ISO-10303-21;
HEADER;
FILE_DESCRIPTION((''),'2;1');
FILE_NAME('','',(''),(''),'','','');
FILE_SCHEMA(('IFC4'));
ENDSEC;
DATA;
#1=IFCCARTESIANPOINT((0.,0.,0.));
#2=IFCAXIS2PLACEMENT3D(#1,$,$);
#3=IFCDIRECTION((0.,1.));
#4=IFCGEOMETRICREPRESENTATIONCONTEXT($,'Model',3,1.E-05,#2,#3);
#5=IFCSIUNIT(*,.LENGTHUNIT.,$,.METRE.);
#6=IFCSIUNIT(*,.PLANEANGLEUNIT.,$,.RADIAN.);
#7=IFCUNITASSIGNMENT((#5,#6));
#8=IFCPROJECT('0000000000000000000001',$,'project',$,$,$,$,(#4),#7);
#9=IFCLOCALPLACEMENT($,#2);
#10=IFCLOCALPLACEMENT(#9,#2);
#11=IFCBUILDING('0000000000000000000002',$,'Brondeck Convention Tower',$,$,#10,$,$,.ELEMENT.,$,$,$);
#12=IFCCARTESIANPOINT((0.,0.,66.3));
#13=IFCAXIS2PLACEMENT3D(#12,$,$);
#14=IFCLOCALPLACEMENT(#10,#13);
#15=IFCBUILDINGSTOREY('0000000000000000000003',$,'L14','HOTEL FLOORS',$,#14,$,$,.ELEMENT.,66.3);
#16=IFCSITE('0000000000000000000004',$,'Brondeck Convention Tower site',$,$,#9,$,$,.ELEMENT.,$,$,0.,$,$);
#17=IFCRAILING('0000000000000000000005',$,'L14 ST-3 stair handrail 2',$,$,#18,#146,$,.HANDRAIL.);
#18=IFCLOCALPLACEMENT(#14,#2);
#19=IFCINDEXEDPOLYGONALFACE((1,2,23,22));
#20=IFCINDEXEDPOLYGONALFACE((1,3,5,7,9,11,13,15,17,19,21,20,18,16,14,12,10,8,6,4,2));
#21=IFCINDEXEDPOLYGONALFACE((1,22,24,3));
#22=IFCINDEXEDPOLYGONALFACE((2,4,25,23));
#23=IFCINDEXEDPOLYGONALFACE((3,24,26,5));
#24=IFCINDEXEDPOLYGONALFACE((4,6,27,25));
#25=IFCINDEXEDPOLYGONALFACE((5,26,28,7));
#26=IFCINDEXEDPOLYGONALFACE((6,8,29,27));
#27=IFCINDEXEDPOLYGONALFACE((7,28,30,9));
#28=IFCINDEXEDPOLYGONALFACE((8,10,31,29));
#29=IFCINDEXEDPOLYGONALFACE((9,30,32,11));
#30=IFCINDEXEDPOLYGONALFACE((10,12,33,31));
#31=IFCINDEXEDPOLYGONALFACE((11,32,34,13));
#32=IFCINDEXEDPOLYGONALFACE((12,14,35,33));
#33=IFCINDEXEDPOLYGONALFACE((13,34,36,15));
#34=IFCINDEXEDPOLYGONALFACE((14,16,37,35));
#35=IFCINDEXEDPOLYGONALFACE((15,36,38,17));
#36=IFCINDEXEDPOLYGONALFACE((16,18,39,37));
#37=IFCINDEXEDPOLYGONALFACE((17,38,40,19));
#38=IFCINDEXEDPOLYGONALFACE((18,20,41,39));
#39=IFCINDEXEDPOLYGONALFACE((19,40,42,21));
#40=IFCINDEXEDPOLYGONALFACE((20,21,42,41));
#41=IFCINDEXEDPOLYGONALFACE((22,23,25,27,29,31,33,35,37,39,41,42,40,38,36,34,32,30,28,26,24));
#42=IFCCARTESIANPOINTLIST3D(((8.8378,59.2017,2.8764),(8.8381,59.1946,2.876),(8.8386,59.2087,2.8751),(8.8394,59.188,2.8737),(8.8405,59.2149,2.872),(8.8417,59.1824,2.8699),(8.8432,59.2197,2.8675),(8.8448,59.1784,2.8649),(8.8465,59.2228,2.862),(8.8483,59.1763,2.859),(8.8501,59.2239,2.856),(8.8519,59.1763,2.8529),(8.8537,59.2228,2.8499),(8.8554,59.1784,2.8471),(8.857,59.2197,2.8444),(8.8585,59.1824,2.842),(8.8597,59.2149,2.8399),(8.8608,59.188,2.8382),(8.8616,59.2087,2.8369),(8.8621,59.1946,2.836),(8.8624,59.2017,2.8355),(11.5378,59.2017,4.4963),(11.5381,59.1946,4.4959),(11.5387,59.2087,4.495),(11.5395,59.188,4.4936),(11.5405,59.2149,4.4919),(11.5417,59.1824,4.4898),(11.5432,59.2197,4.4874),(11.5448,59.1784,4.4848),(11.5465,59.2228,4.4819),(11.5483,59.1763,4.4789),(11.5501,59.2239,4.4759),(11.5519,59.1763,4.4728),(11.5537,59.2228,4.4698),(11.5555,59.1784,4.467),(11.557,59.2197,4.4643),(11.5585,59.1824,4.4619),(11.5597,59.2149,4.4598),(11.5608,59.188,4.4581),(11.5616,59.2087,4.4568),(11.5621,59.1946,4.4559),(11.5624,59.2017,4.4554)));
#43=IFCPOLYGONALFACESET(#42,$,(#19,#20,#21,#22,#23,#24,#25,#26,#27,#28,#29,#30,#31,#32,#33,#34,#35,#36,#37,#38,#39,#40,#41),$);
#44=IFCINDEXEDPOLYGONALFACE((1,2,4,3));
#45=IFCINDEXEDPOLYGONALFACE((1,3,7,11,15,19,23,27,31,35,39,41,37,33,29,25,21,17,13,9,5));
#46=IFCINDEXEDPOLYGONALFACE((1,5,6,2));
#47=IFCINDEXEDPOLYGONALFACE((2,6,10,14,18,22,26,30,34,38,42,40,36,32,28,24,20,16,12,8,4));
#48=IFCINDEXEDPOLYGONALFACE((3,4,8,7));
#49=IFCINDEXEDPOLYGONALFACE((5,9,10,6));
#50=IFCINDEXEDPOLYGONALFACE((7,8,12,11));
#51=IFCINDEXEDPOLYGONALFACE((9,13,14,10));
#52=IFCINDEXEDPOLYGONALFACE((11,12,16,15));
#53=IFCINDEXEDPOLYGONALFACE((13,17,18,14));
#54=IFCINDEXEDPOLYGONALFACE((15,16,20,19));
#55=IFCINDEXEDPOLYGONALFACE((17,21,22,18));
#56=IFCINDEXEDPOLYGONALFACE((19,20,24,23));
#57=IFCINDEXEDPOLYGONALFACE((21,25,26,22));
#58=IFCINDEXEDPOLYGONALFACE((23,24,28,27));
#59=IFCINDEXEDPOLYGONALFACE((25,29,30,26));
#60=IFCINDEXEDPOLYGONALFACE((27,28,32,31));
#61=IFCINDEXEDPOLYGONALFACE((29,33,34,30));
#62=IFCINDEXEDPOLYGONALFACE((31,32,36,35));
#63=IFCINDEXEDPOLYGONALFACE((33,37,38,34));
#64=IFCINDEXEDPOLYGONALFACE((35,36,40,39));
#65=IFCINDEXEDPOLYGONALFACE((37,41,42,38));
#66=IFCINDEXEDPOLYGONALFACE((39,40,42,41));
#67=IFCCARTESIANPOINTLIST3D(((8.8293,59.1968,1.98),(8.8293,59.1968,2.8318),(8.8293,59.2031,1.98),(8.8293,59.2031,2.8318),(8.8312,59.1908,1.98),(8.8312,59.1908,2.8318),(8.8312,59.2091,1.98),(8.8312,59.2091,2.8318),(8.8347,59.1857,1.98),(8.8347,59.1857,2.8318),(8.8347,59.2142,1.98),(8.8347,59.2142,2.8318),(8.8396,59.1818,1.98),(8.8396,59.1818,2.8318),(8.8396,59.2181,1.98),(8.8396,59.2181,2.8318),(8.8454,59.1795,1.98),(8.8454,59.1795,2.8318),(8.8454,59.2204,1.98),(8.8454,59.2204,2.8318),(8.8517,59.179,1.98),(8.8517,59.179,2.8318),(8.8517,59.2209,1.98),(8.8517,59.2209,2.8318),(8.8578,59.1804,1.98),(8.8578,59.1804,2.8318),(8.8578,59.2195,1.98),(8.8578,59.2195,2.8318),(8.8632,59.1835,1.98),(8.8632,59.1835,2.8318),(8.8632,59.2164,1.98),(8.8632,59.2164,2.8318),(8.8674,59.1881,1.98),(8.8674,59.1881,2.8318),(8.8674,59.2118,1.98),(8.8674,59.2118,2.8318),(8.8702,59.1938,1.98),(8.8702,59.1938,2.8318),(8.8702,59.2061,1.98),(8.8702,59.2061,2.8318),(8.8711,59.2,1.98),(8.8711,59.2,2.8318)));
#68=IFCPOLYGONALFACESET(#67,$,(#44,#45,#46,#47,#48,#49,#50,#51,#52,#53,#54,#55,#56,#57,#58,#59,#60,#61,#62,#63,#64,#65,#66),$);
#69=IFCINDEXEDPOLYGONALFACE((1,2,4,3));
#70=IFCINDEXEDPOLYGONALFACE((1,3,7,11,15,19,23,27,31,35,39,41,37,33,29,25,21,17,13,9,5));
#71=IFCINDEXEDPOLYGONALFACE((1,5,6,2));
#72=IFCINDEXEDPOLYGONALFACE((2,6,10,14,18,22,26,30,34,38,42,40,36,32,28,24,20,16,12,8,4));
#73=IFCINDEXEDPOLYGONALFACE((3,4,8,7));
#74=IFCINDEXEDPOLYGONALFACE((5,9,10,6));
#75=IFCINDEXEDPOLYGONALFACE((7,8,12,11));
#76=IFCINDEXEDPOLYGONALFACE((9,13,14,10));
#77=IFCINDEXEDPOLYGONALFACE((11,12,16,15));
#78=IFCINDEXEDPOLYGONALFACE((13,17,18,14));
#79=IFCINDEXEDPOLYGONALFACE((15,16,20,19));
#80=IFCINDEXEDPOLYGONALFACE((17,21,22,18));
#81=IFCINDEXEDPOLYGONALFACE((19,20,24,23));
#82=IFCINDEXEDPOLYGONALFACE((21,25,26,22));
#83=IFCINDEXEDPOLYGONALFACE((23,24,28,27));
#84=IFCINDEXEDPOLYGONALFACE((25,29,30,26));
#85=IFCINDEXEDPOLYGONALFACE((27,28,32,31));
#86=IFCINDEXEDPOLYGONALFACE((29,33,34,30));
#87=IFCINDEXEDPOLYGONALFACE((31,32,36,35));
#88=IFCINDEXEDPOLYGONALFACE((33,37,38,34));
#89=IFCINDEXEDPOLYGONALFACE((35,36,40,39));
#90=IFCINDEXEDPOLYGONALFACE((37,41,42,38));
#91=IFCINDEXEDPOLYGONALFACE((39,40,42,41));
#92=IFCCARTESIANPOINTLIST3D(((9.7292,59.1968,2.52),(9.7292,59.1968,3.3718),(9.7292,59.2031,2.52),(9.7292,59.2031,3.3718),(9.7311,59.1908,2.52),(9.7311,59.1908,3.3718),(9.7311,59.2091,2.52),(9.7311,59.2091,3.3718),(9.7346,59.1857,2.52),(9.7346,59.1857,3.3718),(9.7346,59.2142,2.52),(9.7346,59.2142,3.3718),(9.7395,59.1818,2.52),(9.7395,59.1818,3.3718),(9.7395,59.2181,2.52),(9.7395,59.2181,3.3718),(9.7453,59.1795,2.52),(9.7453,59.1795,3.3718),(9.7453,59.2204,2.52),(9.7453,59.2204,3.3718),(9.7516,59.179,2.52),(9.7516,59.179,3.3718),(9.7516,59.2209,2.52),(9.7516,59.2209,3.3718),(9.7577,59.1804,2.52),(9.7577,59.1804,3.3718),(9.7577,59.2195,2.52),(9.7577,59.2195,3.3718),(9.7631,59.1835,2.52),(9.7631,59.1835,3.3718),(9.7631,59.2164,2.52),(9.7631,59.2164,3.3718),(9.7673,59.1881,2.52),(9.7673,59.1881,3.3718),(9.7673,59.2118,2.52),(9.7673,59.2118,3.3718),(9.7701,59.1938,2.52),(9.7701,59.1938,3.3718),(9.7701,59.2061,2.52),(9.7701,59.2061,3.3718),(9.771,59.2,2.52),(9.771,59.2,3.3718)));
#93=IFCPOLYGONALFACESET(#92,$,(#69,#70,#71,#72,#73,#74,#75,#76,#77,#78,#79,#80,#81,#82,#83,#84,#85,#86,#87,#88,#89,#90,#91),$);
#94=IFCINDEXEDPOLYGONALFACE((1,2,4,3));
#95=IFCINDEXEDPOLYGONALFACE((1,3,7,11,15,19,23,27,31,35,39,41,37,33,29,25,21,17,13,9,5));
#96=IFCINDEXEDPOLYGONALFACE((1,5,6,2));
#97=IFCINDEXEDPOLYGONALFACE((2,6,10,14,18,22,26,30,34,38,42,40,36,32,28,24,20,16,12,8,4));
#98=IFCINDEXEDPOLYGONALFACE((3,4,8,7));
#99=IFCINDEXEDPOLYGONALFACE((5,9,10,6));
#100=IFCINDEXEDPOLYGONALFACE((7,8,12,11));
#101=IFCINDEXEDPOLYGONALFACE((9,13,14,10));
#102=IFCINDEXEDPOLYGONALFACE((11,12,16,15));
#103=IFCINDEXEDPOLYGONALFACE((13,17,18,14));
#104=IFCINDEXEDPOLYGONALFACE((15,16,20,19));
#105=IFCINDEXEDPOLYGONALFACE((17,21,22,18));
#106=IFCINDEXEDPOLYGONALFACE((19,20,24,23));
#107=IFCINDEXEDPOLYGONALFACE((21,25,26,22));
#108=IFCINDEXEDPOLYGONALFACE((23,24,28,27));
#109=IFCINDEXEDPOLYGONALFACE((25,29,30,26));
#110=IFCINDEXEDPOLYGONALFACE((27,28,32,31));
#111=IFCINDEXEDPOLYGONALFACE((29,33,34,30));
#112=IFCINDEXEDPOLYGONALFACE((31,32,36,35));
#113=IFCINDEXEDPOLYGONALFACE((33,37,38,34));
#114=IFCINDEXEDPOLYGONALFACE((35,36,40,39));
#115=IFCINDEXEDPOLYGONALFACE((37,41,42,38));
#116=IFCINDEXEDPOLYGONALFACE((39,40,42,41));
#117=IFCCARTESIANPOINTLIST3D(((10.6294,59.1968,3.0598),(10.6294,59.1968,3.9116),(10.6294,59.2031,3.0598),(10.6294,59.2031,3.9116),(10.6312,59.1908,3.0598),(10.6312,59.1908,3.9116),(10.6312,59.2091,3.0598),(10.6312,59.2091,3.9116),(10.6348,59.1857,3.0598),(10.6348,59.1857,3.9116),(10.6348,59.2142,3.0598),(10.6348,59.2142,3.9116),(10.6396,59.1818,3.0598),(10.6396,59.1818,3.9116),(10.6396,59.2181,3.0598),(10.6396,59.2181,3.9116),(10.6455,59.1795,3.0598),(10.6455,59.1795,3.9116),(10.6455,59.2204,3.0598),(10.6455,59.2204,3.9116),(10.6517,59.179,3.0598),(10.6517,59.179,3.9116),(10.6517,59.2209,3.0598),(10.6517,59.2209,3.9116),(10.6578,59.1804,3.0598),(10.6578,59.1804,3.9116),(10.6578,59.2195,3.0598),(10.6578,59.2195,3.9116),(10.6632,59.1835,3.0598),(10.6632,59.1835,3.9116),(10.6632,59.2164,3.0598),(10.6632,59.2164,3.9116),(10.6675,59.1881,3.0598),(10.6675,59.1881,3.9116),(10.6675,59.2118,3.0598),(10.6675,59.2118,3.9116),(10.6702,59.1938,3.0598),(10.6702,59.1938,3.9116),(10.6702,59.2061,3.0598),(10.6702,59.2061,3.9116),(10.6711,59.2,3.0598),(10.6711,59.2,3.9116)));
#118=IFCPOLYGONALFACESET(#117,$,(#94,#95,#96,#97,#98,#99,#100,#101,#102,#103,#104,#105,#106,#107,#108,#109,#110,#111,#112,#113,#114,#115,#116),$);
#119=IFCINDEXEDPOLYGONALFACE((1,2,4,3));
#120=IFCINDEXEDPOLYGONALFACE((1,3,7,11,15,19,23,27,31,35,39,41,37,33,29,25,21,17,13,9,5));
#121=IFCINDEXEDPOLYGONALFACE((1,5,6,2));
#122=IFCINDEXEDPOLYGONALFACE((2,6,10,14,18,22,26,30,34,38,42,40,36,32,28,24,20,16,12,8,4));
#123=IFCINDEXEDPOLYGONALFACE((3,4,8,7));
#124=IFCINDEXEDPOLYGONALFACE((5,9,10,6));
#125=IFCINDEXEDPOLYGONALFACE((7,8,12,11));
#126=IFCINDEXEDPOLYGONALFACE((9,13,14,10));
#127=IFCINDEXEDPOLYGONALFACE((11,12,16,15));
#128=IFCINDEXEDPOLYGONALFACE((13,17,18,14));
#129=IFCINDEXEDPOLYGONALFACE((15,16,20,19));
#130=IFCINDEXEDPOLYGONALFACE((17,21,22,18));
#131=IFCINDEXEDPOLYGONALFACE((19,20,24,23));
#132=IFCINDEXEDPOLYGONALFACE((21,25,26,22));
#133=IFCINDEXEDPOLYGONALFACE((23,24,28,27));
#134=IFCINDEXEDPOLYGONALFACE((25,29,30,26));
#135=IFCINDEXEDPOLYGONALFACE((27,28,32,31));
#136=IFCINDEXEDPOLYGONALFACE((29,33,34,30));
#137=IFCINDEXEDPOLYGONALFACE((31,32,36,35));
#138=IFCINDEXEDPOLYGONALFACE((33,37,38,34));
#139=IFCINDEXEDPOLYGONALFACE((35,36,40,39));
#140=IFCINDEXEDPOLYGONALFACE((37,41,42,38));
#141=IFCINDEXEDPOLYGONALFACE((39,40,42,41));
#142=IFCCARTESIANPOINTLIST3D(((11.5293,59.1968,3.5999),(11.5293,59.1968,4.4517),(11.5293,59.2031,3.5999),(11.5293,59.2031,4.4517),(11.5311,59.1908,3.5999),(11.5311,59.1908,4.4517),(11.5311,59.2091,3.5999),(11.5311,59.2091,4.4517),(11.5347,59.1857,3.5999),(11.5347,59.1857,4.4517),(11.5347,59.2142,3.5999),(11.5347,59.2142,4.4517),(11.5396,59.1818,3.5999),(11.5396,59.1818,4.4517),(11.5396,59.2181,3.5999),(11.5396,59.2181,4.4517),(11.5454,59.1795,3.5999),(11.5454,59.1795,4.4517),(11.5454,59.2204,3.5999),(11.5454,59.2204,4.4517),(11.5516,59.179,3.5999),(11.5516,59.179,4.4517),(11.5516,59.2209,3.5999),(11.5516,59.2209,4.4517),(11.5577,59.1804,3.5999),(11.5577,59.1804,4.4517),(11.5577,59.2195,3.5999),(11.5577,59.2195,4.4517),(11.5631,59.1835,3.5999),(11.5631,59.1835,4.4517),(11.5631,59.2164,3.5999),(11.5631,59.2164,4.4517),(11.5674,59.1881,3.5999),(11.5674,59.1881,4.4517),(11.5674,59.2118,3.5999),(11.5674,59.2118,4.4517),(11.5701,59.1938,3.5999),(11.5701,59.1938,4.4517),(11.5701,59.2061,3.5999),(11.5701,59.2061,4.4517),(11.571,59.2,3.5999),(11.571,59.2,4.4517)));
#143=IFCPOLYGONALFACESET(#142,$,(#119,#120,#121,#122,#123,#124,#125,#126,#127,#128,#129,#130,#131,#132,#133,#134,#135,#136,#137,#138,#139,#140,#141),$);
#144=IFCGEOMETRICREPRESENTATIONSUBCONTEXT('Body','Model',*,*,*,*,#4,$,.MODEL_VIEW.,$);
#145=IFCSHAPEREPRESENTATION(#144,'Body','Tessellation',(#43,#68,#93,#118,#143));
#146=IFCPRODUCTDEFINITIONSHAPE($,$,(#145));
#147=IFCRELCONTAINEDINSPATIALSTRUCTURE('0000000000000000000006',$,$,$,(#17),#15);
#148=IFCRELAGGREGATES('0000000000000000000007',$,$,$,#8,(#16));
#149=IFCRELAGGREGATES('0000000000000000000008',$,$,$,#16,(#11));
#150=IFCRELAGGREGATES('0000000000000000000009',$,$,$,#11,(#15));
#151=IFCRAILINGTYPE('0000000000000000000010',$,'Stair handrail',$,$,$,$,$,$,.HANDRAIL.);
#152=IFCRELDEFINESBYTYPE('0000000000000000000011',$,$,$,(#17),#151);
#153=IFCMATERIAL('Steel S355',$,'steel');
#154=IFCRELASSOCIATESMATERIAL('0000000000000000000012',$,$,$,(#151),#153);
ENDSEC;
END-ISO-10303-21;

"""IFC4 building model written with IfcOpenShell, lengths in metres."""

from ifc_helpers import new_model, si_unit, direction, frame, origin, origin_2d, place, context, subcontext, project, spatial, circle, extrude, material, type_object, element, save


model = new_model("IFC4")

# Units and contexts
model_context = context("Model", 3, precision=1e-05, world=origin(), true_north=direction((0.0, 1.0)))
body_context = subcontext(model_context, "Body", "Model", "MODEL_VIEW")
ifc_project = project(units=[si_unit("LENGTHUNIT", "METRE"), si_unit("PLANEANGLEUNIT", "RADIAN")], contexts=[model_context])

# Site, building, storey
site_placement = place(None, origin())
site = spatial("IfcSite", under=ifc_project, at=site_placement, Name="Brondeck Convention Tower site", CompositionType="ELEMENT", RefElevation=0.0)
building_placement = place(site_placement, origin())
building = spatial("IfcBuilding", under=site, at=building_placement, Name="Brondeck Convention Tower", CompositionType="ELEMENT")
storey_placement = place(building_placement, frame((0.0, 0.0, 66.3)))
storey = spatial("IfcBuildingStorey", under=building, at=storey_placement, Name="L14", Description="HOTEL FLOORS", CompositionType="ELEMENT", Elevation=66.3)

# Railing
ifc_material_1 = material(Name="Steel S355", Category="steel")
railing_type = type_object("IfcRailingType", Name="Stair handrail", PredefinedType="HANDRAIL", material=ifc_material_1)
railing_placement = place(storey_placement, frame((8.8501, 59.2, 1.98)))
element("IfcRailing", 1, at=railing_placement, inside=storey, type_object=railing_type, Name="L14 ST-3 stair handrail 2", PredefinedType="HANDRAIL", context=body_context, shape_type="SweptSolid", body=[
    extrude(circle(Radius=0.0239, at=origin_2d()), frame((0.0, 0.0, 0.876), z_axis=(0.857507, 0.0, 0.514473), x_axis=(0.0, 1.0, 0.0)), (0.0, 0.0, 1.0), 3.1487),
    extrude(circle(Radius=0.021, at=origin_2d()), origin(), (0.0, 0.0, 1.0), 0.8518),
    extrude(circle(Radius=0.021, at=origin_2d()), frame((0.8999, 0.0, 0.54)), (0.0, 0.0, 1.0), 0.8518),
    extrude(circle(Radius=0.021, at=origin_2d()), frame((1.8, 0.0, 1.0798)), (0.0, 0.0, 1.0), 0.8518),
    extrude(circle(Radius=0.021, at=origin_2d()), frame((2.7, 0.0, 1.6199)), (0.0, 0.0, 1.0), 0.8518),
])

save(model, "model.ifc")
